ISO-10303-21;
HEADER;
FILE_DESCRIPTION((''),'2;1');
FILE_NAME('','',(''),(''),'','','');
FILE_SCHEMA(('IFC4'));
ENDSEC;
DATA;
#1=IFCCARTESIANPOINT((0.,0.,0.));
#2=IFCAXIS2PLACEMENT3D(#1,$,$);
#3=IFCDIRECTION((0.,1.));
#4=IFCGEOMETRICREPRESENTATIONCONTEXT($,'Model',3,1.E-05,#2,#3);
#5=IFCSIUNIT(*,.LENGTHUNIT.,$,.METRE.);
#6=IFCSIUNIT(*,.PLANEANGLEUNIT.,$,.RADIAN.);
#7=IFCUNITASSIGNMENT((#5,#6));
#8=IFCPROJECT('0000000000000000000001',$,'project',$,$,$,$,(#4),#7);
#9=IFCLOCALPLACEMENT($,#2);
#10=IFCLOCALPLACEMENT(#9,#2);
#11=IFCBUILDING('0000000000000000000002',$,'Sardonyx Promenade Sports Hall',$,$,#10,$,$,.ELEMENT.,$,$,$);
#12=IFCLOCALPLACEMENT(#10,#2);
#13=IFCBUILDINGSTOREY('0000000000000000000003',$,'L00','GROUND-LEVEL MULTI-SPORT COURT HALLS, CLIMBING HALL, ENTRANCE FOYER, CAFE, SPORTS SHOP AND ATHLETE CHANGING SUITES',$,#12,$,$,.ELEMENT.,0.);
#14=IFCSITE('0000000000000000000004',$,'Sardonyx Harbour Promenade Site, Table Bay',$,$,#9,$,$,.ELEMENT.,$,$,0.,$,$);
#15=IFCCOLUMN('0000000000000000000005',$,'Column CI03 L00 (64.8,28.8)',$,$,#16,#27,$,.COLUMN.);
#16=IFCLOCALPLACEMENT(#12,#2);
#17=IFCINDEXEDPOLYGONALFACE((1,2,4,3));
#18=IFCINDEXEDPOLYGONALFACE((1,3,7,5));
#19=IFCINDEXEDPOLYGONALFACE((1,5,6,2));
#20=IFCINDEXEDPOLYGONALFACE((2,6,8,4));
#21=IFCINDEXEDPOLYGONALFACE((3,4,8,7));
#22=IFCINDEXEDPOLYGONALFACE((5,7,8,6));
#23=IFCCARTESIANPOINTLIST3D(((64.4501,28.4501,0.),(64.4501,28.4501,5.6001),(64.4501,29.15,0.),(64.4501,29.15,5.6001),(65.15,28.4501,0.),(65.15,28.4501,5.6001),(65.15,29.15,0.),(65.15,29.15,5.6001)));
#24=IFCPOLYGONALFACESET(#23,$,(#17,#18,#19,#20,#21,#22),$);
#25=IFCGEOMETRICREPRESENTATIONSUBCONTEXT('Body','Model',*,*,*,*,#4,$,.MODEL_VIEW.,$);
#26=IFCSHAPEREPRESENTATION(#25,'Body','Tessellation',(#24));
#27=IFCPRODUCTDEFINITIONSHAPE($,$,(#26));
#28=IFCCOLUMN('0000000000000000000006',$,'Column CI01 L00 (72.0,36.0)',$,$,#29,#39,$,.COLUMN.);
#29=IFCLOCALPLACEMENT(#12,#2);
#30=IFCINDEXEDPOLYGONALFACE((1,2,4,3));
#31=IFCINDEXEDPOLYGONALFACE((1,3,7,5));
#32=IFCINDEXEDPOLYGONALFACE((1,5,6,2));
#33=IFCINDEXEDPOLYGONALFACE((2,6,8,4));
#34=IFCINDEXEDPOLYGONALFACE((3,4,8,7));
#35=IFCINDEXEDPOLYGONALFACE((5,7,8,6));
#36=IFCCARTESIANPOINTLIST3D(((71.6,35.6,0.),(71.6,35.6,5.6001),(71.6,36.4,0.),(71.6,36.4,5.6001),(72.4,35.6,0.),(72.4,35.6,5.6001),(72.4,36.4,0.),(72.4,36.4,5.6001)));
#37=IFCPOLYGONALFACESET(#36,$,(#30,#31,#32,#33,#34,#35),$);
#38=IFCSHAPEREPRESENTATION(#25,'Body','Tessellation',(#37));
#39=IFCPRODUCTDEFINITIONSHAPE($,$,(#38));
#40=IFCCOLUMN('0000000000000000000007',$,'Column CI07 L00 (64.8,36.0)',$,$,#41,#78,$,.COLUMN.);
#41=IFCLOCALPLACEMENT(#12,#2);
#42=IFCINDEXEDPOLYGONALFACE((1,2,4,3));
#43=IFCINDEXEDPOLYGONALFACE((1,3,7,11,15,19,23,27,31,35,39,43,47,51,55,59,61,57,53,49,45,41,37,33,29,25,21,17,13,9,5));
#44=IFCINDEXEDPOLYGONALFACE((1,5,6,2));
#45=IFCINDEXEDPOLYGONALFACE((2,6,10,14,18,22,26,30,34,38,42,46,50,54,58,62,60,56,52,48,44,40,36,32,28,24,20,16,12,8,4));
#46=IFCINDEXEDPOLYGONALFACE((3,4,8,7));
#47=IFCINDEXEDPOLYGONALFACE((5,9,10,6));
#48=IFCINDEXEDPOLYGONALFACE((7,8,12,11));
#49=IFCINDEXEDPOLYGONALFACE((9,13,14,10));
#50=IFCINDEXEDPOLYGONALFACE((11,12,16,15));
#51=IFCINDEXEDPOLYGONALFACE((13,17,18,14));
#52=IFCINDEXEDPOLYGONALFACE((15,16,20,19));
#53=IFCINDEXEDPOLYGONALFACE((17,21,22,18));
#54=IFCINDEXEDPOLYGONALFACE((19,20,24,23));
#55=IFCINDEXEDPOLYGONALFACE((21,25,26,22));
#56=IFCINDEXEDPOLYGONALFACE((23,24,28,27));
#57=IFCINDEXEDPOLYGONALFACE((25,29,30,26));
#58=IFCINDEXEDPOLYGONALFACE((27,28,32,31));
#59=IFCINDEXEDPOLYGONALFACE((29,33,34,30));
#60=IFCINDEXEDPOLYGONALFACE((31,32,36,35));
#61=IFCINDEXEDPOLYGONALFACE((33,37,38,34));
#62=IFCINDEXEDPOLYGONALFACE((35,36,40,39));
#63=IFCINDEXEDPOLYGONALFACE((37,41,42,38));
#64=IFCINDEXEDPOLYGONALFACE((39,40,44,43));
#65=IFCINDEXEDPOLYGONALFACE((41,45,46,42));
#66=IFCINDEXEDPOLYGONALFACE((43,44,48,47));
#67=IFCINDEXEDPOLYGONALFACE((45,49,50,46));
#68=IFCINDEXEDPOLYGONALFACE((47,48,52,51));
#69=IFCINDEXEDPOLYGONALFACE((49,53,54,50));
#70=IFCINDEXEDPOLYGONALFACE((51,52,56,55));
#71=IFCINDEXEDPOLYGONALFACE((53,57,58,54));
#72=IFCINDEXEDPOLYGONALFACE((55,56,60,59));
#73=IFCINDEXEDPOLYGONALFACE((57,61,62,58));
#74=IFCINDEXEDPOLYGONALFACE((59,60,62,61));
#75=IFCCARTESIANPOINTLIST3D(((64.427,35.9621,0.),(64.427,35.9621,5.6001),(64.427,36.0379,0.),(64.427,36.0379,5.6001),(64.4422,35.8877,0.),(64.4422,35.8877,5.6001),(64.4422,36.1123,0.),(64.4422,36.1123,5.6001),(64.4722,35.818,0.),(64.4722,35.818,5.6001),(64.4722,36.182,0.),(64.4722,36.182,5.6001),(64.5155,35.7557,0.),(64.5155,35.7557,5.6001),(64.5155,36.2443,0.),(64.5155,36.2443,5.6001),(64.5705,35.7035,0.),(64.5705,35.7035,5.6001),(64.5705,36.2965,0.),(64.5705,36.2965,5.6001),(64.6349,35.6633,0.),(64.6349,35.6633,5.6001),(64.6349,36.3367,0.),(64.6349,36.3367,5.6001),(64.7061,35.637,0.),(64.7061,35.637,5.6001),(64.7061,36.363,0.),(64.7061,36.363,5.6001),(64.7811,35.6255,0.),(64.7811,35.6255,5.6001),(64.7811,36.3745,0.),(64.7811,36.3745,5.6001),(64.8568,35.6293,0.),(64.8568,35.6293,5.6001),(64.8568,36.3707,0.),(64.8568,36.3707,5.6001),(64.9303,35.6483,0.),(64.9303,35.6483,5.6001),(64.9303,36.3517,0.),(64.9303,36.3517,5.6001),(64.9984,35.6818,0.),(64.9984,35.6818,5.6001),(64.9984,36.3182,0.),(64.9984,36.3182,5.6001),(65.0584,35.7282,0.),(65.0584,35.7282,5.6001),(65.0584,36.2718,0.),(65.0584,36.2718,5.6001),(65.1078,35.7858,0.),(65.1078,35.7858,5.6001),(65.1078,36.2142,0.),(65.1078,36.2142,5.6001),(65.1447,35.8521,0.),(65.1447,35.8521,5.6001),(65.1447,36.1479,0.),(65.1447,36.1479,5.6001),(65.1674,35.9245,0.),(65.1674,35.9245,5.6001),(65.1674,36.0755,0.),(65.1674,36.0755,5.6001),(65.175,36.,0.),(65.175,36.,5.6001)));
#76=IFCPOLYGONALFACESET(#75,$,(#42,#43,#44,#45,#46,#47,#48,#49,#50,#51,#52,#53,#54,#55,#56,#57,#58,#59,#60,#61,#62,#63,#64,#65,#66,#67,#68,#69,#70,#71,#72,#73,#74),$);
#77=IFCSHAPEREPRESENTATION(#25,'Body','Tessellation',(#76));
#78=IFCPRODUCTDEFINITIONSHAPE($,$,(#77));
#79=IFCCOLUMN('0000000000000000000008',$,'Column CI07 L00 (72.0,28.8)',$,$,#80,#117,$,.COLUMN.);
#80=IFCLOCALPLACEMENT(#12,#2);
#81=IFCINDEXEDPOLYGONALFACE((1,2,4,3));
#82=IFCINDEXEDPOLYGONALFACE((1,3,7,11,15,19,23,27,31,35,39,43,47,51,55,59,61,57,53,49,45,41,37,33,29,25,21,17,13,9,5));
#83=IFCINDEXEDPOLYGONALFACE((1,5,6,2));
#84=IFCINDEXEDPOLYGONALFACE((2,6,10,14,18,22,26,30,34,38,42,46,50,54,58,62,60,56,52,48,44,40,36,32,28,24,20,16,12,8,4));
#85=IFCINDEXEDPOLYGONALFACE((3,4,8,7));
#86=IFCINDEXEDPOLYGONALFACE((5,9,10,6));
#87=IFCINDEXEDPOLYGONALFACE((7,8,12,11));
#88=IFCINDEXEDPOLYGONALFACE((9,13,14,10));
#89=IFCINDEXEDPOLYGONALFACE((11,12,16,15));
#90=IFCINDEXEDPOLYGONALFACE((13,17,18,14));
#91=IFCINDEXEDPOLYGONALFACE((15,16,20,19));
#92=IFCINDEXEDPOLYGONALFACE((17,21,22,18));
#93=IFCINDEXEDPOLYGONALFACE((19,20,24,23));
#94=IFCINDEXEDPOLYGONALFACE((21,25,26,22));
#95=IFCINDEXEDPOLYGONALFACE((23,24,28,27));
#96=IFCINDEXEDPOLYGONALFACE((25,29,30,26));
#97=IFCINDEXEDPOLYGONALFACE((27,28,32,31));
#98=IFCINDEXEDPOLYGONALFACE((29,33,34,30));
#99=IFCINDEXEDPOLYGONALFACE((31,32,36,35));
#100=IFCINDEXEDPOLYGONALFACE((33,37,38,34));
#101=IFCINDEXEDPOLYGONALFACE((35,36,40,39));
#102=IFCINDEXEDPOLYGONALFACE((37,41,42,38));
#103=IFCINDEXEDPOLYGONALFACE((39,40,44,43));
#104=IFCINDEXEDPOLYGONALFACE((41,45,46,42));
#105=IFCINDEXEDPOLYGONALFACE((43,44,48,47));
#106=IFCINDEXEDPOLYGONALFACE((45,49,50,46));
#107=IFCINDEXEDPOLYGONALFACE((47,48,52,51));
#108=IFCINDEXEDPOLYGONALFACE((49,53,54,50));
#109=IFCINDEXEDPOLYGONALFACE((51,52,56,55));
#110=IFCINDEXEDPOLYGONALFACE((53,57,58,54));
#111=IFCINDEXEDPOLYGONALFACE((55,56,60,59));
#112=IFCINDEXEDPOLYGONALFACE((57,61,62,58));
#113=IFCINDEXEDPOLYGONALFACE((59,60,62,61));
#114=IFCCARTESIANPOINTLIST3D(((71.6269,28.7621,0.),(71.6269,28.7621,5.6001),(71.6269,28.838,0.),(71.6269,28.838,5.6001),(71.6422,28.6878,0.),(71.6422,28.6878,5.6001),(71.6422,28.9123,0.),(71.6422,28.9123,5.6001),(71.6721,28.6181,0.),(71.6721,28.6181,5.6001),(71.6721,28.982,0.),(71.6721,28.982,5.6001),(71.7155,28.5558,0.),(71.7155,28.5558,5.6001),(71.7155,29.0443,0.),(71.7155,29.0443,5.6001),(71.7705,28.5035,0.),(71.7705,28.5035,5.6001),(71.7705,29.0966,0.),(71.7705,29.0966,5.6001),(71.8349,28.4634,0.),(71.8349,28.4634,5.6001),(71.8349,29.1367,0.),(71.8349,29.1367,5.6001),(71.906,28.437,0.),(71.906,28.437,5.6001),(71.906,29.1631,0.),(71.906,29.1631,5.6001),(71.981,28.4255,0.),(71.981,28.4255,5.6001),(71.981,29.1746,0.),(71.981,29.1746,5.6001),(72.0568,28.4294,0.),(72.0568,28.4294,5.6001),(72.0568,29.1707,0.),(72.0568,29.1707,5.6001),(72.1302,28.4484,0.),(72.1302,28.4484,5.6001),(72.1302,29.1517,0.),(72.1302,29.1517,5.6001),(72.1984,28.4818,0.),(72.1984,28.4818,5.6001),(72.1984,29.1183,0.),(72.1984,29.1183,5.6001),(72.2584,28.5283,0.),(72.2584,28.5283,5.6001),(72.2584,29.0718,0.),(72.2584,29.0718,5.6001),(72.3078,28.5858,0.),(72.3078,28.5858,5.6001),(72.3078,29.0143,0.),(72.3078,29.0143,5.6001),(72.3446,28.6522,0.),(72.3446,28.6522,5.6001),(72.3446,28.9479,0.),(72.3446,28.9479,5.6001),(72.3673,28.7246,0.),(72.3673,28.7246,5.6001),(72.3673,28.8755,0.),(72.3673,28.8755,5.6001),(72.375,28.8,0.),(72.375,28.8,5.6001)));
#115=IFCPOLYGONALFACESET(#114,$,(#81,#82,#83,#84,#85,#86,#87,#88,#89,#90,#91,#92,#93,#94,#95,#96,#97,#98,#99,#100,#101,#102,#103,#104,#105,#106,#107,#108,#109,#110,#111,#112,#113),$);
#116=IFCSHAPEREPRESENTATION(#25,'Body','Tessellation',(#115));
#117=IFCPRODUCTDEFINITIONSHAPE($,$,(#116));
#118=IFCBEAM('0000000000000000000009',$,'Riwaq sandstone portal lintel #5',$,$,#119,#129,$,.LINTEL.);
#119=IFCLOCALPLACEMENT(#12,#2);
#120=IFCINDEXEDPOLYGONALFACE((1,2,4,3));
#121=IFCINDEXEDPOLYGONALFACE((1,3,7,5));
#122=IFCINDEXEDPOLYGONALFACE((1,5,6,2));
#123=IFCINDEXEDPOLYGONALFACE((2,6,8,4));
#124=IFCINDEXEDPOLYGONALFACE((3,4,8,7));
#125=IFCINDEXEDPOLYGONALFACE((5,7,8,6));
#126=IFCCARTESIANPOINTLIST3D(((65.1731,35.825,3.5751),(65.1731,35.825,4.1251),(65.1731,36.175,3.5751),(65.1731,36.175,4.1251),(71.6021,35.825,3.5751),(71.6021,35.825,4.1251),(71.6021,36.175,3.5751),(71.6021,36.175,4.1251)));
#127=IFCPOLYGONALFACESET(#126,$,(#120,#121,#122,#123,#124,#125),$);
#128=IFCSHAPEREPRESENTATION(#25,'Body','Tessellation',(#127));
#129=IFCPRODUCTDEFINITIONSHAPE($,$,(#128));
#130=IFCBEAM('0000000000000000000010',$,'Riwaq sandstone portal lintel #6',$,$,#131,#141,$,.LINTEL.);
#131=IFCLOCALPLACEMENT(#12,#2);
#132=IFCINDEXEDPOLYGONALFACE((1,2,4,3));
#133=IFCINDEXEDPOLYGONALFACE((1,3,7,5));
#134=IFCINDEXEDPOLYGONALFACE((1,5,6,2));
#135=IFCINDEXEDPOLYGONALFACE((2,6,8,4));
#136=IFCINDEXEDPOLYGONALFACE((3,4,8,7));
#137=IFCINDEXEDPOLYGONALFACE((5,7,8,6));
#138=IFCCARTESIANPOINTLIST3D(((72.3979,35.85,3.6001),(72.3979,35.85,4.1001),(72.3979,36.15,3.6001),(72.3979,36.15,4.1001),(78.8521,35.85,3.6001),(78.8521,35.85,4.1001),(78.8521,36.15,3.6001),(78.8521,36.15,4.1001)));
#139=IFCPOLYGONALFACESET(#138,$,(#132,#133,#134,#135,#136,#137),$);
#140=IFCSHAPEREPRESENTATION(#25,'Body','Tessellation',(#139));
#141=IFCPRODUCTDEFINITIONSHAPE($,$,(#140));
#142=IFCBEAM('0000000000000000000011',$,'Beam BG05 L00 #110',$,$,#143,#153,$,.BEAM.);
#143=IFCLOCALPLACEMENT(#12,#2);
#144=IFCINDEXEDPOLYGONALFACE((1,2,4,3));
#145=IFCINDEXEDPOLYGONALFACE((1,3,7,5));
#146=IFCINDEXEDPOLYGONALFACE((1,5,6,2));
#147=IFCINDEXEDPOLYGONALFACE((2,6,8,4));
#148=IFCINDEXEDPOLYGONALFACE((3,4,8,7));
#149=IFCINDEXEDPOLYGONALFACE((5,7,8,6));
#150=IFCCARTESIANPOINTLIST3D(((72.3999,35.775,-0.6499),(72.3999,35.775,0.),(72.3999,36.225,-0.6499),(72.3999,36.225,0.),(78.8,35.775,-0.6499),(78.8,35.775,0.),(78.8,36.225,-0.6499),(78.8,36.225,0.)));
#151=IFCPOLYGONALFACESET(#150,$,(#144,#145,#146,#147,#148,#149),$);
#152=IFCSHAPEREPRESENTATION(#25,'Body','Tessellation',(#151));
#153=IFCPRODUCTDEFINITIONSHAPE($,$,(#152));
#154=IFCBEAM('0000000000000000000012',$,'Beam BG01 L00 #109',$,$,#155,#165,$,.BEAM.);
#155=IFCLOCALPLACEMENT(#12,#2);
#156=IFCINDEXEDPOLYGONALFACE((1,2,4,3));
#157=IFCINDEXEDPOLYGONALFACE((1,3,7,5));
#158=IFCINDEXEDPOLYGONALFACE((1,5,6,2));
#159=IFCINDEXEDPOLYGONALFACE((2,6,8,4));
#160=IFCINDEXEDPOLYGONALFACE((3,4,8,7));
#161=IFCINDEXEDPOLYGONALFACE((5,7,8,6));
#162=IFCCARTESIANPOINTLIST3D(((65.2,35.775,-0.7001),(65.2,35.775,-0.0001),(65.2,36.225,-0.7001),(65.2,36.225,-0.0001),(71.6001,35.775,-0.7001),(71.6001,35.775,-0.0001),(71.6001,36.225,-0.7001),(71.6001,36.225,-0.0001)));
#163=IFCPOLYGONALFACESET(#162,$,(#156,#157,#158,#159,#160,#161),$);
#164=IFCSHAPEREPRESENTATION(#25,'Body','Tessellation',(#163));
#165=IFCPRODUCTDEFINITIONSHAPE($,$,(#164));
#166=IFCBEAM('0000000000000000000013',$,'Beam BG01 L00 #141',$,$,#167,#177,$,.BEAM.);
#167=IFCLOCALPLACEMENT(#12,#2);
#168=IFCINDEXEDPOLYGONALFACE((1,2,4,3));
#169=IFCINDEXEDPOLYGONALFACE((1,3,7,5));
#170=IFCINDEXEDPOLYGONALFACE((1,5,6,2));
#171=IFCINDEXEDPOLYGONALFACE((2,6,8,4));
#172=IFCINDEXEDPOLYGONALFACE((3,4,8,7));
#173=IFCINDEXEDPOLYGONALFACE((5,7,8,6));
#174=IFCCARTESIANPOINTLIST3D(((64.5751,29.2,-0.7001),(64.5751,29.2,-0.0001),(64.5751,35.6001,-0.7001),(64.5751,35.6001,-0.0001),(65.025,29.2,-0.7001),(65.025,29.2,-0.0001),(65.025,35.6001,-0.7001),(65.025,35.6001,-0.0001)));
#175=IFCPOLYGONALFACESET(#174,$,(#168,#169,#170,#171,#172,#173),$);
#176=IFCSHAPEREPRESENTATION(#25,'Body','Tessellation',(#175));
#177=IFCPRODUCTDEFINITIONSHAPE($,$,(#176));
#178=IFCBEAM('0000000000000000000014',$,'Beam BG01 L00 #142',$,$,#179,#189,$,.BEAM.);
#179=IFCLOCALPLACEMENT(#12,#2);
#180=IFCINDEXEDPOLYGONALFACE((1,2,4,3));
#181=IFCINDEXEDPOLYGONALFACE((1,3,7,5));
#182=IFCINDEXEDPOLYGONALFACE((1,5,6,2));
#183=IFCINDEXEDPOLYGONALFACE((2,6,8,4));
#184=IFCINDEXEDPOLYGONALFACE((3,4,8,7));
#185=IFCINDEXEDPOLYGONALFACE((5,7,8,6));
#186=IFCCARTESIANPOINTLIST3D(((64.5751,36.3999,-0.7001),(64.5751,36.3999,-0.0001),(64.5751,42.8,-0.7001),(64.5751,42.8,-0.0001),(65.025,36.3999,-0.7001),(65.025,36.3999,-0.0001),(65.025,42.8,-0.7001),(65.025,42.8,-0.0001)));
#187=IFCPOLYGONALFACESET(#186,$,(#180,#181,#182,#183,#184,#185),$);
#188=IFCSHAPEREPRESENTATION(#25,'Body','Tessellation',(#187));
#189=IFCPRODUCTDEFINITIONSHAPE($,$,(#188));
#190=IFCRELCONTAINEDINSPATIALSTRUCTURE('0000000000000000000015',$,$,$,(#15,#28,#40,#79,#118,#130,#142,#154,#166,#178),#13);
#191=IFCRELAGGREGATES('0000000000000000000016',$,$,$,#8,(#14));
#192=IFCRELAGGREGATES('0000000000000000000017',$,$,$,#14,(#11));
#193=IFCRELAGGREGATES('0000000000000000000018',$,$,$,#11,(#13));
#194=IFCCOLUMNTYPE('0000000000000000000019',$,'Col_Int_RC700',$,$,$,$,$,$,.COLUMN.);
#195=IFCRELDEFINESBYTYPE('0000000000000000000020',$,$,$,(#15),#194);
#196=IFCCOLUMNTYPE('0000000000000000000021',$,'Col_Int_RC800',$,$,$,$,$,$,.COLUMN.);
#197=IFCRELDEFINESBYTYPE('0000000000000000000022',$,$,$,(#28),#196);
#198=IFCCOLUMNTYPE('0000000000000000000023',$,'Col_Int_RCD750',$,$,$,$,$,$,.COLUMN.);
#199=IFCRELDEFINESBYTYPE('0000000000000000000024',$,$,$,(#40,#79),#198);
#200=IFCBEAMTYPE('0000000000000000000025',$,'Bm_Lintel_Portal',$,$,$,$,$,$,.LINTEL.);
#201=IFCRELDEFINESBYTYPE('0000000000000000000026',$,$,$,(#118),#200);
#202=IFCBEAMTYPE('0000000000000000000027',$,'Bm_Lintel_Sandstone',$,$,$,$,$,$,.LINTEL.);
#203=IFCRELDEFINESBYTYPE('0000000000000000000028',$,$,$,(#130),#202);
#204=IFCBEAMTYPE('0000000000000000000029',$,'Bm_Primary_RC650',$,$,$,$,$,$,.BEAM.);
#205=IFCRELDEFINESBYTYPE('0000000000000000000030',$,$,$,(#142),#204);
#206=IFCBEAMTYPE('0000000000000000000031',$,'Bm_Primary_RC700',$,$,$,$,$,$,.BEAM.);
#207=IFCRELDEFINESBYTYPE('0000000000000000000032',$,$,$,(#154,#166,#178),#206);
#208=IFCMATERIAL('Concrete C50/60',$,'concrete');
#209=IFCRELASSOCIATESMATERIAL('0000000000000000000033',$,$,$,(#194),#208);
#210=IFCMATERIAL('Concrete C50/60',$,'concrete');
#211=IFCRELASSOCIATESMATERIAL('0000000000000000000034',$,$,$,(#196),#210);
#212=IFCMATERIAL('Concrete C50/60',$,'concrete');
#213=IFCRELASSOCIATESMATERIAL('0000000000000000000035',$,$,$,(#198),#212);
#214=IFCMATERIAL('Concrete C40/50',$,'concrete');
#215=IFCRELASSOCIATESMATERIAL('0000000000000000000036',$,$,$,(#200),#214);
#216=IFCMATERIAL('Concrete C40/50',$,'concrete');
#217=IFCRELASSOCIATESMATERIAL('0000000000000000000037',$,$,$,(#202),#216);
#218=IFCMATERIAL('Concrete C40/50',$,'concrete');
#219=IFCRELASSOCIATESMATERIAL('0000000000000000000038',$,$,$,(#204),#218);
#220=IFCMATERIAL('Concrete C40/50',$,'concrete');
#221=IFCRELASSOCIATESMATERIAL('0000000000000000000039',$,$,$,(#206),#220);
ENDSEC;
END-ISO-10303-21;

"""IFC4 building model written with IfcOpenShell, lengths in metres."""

from ifc_helpers import new_model, si_unit, direction, frame, origin, origin_2d, place, context, subcontext, project, spatial, rectangle, circle, extrude, material, material_profile, profile_set, type_object, element, save


model = new_model("IFC4")

# Units and contexts
model_context = context("Model", 3, precision=1e-05, world=origin(), true_north=direction((0.0, 1.0)))
body_context = subcontext(model_context, "Body", "Model", "MODEL_VIEW")
ifc_project = project(units=[si_unit("LENGTHUNIT", "METRE"), si_unit("PLANEANGLEUNIT", "RADIAN")], contexts=[model_context])

# Site, building, storey
site_placement = place(None, origin())
site = spatial("IfcSite", under=ifc_project, at=site_placement, Name="Sardonyx Harbour Promenade Site, Table Bay", CompositionType="ELEMENT", RefElevation=0.0)
building_placement = place(site_placement, origin())
building = spatial("IfcBuilding", under=site, at=building_placement, Name="Sardonyx Promenade Sports Hall", CompositionType="ELEMENT")
storey_placement = place(building_placement, origin())
storey = spatial("IfcBuildingStorey", under=building, at=storey_placement, Name="L00", Description="GROUND-LEVEL MULTI-SPORT COURT HALLS, CLIMBING HALL, ENTRANCE FOYER, CAFE, SPORTS SHOP AND ATHLETE CHANGING SUITES", CompositionType="ELEMENT", Elevation=0.0)

# Columns
ifc_material_1 = material(Name="Concrete C50/60", Category="concrete")
ifc_material_profile_1 = material_profile(ifc_material_1, rectangle(XDim=0.7, YDim=0.7, at=origin_2d()))
ifc_profile_set_1 = profile_set([ifc_material_profile_1], Name="Concrete C50/60")
column_type_1 = type_object("IfcColumnType", Name="Col_Int_RC700", PredefinedType="COLUMN", material=ifc_profile_set_1)
column_1_placement = place(storey_placement, frame((64.8, 28.8, 0.0), z_axis=(0.0, 0.0, 1.0), x_axis=(1.0, 0.0, 0.0)))
element("IfcColumn", 1, at=column_1_placement, inside=storey, type_object=column_type_1, Name="Column CI03 L00 (64.8,28.8)", PredefinedType="COLUMN", context=body_context, shape_type="SweptSolid", body=[
    extrude(rectangle(XDim=0.7, YDim=0.7, at=origin_2d()), origin(), (0.0, 0.0, 1.0), 5.6001),
])
ifc_material_2 = material(Name="Concrete C50/60", Category="concrete")
ifc_material_profile_2 = material_profile(ifc_material_2, rectangle(XDim=0.8, YDim=0.8, at=origin_2d()))
ifc_profile_set_2 = profile_set([ifc_material_profile_2], Name="Concrete C50/60")
column_type_2 = type_object("IfcColumnType", Name="Col_Int_RC800", PredefinedType="COLUMN", material=ifc_profile_set_2)
column_2_placement = place(storey_placement, frame((72.0, 36.0, 0.0), z_axis=(0.0, 0.0, 1.0), x_axis=(1.0, 0.0, 0.0)))
element("IfcColumn", 2, at=column_2_placement, inside=storey, type_object=column_type_2, Name="Column CI01 L00 (72.0,36.0)", PredefinedType="COLUMN", context=body_context, shape_type="SweptSolid", body=[
    extrude(rectangle(XDim=0.8, YDim=0.8, at=origin_2d()), origin(), (0.0, 0.0, 1.0), 5.6001),
])
ifc_material_3 = material(Name="Concrete C50/60", Category="concrete")
ifc_material_profile_3 = material_profile(ifc_material_3, circle(Radius=0.375, at=origin_2d()))
ifc_profile_set_3 = profile_set([ifc_material_profile_3], Name="Concrete C50/60")
column_type_3 = type_object("IfcColumnType", Name="Col_Int_RCD750", PredefinedType="COLUMN", material=ifc_profile_set_3)
for number, where, z_axis, x_axis, name in (
    (3, (64.8, 36.0, 0.0), (0.0, 0.0, 1.0), (1.0, 0.0, 0.0), "Column CI07 L00 (64.8,36.0)"),
    (4, (72.0, 28.8, 0.0), (0.0, 0.0, 1.0), (1.0, 0.0, 0.0), "Column CI07 L00 (72.0,28.8)"),
):
    element("IfcColumn", number, at=place(storey_placement, frame(where, z_axis=z_axis, x_axis=x_axis)), inside=storey, type_object=column_type_3, Name=name, PredefinedType="COLUMN", context=body_context, shape_type="SweptSolid", body=[
        extrude(circle(Radius=0.375, at=origin_2d()), origin(), (0.0, 0.0, 1.0), 5.6001),
    ])

# Beams
ifc_material_4 = material(Name="Concrete C40/50", Category="concrete")
ifc_material_profile_4 = material_profile(ifc_material_4, rectangle(XDim=0.3501, YDim=0.55, at=origin_2d()))
ifc_profile_set_4 = profile_set([ifc_material_profile_4], Name="Concrete C40/50")
beam_type_1 = type_object("IfcBeamType", Name="Bm_Lintel_Portal", PredefinedType="LINTEL", material=ifc_profile_set_4)
beam_1_placement = place(storey_placement, frame((65.1731, 36.0, 3.8501), z_axis=(1.0, 0.0, 0.0), x_axis=(0.0, 1.0, 0.0)))
element("IfcBeam", 5, at=beam_1_placement, inside=storey, type_object=beam_type_1, Name="Riwaq sandstone portal lintel #5", PredefinedType="LINTEL", context=body_context, shape_type="SweptSolid", body=[
    extrude(rectangle(XDim=0.3501, YDim=0.55, at=origin_2d()), origin(), (0.0, 0.0, 1.0), 6.429),
])
ifc_material_5 = material(Name="Concrete C40/50", Category="concrete")
ifc_material_profile_5 = material_profile(ifc_material_5, rectangle(XDim=0.3, YDim=0.5, at=origin_2d()))
ifc_profile_set_5 = profile_set([ifc_material_profile_5], Name="Concrete C40/50")
beam_type_2 = type_object("IfcBeamType", Name="Bm_Lintel_Sandstone", PredefinedType="LINTEL", material=ifc_profile_set_5)
beam_2_placement = place(storey_placement, frame((72.3979, 36.0, 3.8501), z_axis=(1.0, 0.0, 0.0), x_axis=(0.0, 1.0, 0.0)))
element("IfcBeam", 6, at=beam_2_placement, inside=storey, type_object=beam_type_2, Name="Riwaq sandstone portal lintel #6", PredefinedType="LINTEL", context=body_context, shape_type="SweptSolid", body=[
    extrude(rectangle(XDim=0.3, YDim=0.5, at=origin_2d()), origin(), (0.0, 0.0, 1.0), 6.4541),
])
ifc_material_6 = material(Name="Concrete C40/50", Category="concrete")
ifc_material_profile_6 = material_profile(ifc_material_6, rectangle(XDim=0.45, YDim=0.6499, at=origin_2d()))
ifc_profile_set_6 = profile_set([ifc_material_profile_6], Name="Concrete C40/50")
beam_type_3 = type_object("IfcBeamType", Name="Bm_Primary_RC650", PredefinedType="BEAM", material=ifc_profile_set_6)
beam_3_placement = place(storey_placement, frame((72.3999, 36.0, -0.325), z_axis=(1.0, 0.0, 0.0), x_axis=(0.0, 1.0, 0.0)))
element("IfcBeam", 7, at=beam_3_placement, inside=storey, type_object=beam_type_3, Name="Beam BG05 L00 #110", PredefinedType="BEAM", context=body_context, shape_type="SweptSolid", body=[
    extrude(rectangle(XDim=0.45, YDim=0.6499, at=origin_2d()), origin(), (0.0, 0.0, 1.0), 6.4001),
])
ifc_material_7 = material(Name="Concrete C40/50", Category="concrete")
ifc_material_profile_7 = material_profile(ifc_material_7, rectangle(XDim=0.45, YDim=0.7, at=origin_2d()))
ifc_profile_set_7 = profile_set([ifc_material_profile_7], Name="Concrete C40/50")
beam_type_4 = type_object("IfcBeamType", Name="Bm_Primary_RC700", PredefinedType="BEAM", material=ifc_profile_set_7)
for number, where, z_axis, x_axis, name in (
    (8, (65.2, 36.0, -0.3501), (1.0, 0.0, 0.0), (0.0, 1.0, 0.0), "Beam BG01 L00 #109"),
    (9, (64.8, 29.2, -0.3501), (0.0, 1.0, 0.0), (-1.0, 0.0, 0.0), "Beam BG01 L00 #141"),
    (10, (64.8, 36.3999, -0.3501), (0.0, 1.0, 0.0), (-1.0, 0.0, 0.0), "Beam BG01 L00 #142"),
):
    element("IfcBeam", number, at=place(storey_placement, frame(where, z_axis=z_axis, x_axis=x_axis)), inside=storey, type_object=beam_type_4, Name=name, PredefinedType="BEAM", context=body_context, shape_type="SweptSolid", body=[
        extrude(rectangle(XDim=0.45, YDim=0.7, at=origin_2d()), origin(), (0.0, 0.0, 1.0), 6.4001),
    ])

save(model, "model.ifc")
